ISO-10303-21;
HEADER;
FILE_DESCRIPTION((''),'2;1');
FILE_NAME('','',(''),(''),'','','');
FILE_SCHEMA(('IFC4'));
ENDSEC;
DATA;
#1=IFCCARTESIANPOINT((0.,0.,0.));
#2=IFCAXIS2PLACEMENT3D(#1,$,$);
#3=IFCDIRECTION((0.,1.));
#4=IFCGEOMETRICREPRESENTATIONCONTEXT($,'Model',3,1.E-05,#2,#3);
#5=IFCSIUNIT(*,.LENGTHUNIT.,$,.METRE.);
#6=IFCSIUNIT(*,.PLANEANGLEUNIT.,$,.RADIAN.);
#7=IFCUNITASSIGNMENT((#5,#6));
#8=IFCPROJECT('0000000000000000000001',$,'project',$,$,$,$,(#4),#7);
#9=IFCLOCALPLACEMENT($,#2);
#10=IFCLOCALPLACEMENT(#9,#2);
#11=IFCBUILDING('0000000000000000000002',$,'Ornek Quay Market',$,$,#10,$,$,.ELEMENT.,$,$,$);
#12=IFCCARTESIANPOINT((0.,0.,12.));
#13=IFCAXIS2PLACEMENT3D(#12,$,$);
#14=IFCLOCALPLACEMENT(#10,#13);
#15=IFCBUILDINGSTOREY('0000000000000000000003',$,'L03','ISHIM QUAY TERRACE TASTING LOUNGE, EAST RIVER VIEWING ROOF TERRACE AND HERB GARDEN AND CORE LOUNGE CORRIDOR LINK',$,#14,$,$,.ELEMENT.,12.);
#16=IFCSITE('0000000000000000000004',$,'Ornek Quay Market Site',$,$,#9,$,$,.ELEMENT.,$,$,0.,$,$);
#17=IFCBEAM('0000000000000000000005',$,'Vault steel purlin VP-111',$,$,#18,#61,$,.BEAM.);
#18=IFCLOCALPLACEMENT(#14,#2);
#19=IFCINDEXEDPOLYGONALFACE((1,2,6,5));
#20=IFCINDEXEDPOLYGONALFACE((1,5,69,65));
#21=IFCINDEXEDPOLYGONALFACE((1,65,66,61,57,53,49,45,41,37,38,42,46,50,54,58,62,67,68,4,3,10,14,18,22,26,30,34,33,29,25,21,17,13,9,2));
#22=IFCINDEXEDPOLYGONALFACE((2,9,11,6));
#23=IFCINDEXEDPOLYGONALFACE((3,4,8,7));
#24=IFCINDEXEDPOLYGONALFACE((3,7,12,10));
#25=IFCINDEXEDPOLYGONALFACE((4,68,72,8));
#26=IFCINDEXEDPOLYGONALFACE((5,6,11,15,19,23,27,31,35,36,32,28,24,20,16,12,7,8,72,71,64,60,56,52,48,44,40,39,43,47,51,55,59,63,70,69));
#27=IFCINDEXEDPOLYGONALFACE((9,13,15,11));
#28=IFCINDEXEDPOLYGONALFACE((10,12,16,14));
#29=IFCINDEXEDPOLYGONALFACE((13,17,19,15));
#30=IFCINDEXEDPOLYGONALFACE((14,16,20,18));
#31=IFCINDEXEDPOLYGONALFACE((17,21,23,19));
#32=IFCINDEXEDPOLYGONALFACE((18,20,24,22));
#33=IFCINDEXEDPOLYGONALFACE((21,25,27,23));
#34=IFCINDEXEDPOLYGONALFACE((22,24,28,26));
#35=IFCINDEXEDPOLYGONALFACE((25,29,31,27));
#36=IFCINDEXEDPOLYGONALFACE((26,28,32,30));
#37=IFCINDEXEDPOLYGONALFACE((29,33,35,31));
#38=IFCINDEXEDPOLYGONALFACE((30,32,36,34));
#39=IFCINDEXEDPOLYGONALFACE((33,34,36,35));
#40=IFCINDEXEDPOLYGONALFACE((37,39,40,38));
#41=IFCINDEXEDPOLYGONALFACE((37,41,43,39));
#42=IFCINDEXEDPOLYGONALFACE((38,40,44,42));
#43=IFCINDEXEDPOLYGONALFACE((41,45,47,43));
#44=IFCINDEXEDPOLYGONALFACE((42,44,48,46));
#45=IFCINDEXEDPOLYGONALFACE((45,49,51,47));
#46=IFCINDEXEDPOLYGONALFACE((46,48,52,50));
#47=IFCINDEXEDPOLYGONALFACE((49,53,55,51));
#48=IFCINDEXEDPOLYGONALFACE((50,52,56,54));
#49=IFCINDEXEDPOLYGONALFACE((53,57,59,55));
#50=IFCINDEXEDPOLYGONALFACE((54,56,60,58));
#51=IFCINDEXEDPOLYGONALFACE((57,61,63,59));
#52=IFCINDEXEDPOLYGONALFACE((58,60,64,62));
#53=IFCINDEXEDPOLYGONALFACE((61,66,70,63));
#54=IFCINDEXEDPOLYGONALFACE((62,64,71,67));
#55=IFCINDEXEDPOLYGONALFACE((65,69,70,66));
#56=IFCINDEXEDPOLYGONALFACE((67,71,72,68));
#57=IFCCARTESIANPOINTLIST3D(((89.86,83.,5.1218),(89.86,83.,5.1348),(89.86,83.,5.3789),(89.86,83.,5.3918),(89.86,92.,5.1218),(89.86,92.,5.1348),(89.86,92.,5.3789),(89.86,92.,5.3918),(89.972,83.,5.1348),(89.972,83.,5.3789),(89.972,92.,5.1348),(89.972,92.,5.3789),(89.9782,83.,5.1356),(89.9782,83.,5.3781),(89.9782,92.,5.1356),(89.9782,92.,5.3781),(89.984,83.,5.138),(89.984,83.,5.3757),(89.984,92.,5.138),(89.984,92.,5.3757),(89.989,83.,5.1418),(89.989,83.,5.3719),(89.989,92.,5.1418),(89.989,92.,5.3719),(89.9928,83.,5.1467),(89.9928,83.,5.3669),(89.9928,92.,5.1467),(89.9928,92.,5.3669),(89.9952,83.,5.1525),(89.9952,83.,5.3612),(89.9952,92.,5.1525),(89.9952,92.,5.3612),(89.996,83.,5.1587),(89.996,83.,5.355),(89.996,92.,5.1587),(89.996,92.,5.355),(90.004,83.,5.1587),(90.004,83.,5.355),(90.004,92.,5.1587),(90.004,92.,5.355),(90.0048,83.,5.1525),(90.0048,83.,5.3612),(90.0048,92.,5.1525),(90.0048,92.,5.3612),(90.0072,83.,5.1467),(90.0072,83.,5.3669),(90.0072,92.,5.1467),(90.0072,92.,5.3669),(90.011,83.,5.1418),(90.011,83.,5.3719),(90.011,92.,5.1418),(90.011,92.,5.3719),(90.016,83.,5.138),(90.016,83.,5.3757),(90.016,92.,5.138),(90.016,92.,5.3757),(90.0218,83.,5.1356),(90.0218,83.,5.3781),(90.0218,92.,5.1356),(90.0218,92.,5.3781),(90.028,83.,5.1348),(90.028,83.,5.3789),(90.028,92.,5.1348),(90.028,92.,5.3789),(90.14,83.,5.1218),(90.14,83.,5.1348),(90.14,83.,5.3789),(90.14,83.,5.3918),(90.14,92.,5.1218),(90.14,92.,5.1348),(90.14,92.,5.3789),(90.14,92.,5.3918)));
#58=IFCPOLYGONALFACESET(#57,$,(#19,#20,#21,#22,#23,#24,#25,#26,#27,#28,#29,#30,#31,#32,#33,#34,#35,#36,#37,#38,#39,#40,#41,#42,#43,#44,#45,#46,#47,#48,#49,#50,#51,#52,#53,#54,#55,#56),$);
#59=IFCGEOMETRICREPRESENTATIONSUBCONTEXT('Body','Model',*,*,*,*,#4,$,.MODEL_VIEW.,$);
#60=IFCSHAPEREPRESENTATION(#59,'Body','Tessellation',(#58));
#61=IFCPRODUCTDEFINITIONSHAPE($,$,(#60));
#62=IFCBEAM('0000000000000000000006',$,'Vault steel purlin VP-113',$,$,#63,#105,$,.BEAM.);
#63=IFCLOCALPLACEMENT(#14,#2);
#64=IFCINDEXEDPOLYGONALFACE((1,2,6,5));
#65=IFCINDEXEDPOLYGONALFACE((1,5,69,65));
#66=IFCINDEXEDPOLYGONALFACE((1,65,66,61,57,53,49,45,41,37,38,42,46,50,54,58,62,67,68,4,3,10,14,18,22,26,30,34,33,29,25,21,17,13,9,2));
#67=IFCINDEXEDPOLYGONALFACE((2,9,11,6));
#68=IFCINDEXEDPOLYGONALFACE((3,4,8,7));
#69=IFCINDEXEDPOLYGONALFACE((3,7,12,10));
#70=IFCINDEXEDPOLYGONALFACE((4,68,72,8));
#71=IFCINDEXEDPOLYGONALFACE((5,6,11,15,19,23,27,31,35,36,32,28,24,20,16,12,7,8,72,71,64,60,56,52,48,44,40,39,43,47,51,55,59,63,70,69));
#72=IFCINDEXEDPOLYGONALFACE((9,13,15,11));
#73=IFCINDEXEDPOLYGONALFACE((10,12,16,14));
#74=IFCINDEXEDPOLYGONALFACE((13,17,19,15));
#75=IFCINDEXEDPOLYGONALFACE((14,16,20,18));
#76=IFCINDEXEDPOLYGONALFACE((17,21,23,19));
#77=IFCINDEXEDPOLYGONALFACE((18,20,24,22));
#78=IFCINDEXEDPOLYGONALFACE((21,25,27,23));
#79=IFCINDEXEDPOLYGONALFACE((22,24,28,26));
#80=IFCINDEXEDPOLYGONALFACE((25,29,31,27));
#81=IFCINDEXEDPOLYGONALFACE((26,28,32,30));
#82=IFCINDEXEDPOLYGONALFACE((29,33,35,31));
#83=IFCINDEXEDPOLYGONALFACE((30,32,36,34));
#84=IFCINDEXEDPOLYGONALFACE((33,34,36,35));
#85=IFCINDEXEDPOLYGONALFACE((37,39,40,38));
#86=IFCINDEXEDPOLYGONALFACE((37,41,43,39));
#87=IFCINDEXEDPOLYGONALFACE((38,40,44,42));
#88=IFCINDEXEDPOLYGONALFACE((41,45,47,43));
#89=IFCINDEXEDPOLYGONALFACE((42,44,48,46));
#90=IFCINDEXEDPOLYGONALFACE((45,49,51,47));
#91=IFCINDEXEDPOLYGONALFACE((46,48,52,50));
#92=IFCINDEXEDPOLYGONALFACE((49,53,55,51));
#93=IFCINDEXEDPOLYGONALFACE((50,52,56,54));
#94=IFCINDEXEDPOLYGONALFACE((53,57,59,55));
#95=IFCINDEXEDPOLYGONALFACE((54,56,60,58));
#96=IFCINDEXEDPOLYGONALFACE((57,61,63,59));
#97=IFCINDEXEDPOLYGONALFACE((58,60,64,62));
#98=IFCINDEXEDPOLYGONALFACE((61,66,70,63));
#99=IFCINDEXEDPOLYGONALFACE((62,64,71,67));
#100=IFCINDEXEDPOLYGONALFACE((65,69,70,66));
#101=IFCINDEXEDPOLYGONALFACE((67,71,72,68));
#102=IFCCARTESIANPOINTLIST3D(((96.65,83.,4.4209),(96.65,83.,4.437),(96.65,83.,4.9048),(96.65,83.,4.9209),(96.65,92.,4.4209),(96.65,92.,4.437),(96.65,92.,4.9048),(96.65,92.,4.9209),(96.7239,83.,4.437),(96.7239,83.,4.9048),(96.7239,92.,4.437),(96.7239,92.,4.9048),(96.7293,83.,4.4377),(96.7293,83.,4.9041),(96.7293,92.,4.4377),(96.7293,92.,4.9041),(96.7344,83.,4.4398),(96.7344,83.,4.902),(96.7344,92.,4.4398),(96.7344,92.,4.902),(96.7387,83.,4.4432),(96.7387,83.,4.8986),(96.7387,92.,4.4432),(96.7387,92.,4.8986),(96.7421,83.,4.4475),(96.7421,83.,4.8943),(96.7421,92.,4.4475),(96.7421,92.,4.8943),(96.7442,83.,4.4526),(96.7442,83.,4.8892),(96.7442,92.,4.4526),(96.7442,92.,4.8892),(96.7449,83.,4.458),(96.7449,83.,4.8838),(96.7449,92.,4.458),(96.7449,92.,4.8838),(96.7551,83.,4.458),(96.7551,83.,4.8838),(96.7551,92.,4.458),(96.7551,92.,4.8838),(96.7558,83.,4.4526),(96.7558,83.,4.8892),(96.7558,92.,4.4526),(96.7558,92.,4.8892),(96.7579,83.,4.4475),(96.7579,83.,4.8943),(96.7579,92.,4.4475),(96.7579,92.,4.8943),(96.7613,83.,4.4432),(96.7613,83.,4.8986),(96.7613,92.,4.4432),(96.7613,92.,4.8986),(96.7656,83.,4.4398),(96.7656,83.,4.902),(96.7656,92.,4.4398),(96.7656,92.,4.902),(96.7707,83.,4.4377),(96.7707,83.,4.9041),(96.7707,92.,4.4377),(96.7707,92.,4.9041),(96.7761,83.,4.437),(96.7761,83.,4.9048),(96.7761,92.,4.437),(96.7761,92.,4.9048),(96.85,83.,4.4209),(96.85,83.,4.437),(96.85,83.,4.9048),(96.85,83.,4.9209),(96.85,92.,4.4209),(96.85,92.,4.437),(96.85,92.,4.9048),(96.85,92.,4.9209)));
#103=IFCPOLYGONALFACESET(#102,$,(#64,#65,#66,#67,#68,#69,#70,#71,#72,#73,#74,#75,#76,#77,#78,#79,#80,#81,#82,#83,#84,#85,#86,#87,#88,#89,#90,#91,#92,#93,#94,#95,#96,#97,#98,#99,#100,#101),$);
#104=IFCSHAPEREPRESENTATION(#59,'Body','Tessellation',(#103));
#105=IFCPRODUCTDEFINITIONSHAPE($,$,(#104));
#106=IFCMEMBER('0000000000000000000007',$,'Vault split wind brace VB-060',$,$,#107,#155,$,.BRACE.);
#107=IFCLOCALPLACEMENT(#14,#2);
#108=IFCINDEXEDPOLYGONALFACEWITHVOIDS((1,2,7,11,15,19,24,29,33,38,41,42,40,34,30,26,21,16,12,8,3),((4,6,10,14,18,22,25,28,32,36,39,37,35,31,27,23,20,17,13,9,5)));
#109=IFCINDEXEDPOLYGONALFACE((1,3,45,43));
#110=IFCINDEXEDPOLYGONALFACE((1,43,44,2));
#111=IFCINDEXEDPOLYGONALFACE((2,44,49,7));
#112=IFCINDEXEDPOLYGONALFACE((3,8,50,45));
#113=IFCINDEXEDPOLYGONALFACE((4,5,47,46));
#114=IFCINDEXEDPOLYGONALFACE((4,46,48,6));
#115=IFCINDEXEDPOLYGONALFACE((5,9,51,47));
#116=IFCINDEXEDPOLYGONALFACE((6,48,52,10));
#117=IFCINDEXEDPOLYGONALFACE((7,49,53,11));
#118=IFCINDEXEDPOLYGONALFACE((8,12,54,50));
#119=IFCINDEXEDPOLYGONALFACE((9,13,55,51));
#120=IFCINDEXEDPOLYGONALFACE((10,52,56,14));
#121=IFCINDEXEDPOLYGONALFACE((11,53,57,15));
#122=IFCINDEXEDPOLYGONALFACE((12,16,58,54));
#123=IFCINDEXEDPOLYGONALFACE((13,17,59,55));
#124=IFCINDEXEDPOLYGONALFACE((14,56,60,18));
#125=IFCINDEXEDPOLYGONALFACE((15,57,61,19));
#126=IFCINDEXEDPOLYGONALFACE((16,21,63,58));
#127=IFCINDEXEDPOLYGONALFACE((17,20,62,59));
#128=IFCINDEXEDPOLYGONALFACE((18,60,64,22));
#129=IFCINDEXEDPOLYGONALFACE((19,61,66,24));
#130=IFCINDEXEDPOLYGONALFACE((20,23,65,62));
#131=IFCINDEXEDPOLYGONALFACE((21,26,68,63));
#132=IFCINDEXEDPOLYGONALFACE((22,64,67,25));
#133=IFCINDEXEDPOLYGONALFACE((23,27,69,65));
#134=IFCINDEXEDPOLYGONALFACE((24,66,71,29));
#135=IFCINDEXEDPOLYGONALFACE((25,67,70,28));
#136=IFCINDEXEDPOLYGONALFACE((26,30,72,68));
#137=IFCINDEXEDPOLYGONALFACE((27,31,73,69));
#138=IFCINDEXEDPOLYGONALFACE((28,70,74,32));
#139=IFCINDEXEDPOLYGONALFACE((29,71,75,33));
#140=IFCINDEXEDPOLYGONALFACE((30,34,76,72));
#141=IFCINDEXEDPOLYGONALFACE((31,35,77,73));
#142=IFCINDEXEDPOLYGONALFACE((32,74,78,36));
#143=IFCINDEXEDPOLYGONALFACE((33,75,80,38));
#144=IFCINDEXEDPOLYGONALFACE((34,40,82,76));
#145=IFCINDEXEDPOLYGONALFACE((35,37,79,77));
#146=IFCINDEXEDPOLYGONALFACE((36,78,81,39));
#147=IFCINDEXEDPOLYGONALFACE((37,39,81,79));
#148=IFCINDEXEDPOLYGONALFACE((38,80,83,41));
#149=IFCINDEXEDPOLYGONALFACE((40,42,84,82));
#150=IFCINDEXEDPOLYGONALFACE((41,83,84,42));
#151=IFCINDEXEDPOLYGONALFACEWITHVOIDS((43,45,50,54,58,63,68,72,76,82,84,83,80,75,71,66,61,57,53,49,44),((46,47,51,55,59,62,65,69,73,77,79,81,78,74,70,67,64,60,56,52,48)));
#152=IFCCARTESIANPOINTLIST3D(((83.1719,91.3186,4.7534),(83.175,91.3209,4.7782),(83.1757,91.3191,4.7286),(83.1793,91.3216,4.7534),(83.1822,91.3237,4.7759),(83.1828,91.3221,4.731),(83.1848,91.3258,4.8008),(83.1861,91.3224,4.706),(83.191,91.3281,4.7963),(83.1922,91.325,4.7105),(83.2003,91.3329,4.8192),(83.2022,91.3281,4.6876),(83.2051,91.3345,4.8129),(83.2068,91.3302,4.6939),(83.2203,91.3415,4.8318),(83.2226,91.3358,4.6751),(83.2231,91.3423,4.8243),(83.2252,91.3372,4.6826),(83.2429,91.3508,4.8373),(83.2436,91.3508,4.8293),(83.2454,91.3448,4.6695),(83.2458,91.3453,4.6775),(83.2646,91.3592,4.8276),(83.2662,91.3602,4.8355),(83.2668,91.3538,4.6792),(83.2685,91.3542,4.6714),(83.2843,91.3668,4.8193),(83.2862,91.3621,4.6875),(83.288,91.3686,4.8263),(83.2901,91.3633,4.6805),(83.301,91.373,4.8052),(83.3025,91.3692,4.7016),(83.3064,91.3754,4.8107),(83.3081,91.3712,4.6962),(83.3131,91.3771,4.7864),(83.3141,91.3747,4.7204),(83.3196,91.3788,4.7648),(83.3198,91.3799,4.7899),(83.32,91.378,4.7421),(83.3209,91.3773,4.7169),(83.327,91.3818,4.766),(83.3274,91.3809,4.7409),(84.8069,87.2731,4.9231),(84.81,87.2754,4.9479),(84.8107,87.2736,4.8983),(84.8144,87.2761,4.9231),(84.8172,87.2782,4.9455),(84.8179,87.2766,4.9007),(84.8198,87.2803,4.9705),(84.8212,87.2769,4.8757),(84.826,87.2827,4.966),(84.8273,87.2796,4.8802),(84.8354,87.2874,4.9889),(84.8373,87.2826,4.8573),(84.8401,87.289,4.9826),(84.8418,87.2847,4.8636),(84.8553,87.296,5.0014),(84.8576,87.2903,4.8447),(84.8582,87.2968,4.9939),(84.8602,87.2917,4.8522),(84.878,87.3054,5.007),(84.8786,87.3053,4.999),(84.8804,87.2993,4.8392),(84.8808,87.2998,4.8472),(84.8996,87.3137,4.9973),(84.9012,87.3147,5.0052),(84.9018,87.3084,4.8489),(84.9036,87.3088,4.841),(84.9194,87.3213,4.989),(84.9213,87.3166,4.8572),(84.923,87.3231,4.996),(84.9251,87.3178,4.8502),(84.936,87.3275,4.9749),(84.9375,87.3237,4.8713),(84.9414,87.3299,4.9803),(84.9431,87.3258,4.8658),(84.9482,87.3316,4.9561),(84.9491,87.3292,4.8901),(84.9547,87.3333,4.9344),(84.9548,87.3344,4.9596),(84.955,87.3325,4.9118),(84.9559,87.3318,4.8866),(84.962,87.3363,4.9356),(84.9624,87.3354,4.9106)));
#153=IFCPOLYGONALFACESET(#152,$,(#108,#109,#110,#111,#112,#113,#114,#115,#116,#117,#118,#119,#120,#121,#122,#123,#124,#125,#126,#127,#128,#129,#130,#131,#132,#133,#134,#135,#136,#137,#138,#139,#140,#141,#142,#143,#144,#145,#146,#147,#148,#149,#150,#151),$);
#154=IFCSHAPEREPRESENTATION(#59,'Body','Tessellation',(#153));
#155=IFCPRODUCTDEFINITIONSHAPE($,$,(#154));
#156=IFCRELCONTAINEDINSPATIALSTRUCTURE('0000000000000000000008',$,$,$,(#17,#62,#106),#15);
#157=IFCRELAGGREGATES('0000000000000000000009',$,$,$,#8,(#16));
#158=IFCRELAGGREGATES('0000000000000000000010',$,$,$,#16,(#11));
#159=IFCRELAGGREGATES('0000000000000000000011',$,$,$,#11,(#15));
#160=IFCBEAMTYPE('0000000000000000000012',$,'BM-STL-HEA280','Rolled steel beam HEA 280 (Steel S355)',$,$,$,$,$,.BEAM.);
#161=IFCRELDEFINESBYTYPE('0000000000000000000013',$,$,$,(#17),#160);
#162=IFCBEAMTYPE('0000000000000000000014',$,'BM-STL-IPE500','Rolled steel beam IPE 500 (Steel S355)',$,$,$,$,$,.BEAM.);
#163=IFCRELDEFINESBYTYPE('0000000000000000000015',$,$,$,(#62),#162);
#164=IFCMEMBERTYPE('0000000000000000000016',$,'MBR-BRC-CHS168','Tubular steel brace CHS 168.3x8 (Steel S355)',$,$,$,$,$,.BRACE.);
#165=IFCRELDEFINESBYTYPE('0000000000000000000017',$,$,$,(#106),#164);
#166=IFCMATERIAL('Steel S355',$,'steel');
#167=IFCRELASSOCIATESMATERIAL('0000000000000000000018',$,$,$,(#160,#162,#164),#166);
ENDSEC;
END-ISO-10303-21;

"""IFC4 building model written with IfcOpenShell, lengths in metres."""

from ifc_helpers import new_model, si_unit, direction, frame, origin, origin_2d, place, context, subcontext, project, spatial, hollow_circle, i_section, extrude, material, material_profile, profile_set, type_object, element, save


model = new_model("IFC4")

# Units and contexts
model_context = context("Model", 3, precision=1e-05, world=origin(), true_north=direction((0.0, 1.0)))
body_context = subcontext(model_context, "Body", "Model", "MODEL_VIEW")
ifc_project = project(units=[si_unit("LENGTHUNIT", "METRE"), si_unit("PLANEANGLEUNIT", "RADIAN")], contexts=[model_context])

# Site, building, storey
site_placement = place(None, origin())
site = spatial("IfcSite", under=ifc_project, at=site_placement, Name="Ornek Quay Market Site", CompositionType="ELEMENT", RefElevation=0.0)
building_placement = place(site_placement, origin())
building = spatial("IfcBuilding", under=site, at=building_placement, Name="Ornek Quay Market", CompositionType="ELEMENT")
storey_placement = place(building_placement, frame((0.0, 0.0, 12.0)))
storey = spatial("IfcBuildingStorey", under=building, at=storey_placement, Name="L03", Description="ISHIM QUAY TERRACE TASTING LOUNGE, EAST RIVER VIEWING ROOF TERRACE AND HERB GARDEN AND CORE LOUNGE CORRIDOR LINK", CompositionType="ELEMENT", Elevation=12.0)

# Beams
ifc_material_1 = material(Name="Steel S355", Category="steel")
ifc_material_profile_1 = material_profile(ifc_material_1, i_section(OverallWidth=0.28, OverallDepth=0.27, WebThickness=0.0081, FlangeThickness=0.0129, FilletRadius=0.0239, at=origin_2d()), Name="HEA 280", Category="steel")
ifc_profile_set_1 = profile_set([ifc_material_profile_1], Name="Steel S355")
beam_type_1 = type_object("IfcBeamType", Name="BM-STL-HEA280", Description="Rolled steel beam HEA 280 (Steel S355)", PredefinedType="BEAM", material=ifc_profile_set_1)
beam_1_placement = place(storey_placement, frame((90.0, 83.0, 5.2568), z_axis=(0.0, 1.0, 0.0), x_axis=(-1.0, 0.0, 0.0)))
element("IfcBeam", 1, at=beam_1_placement, inside=storey, type_object=beam_type_1, Name="Vault steel purlin VP-111", PredefinedType="BEAM", context=body_context, shape_type="SweptSolid", body=[
    extrude(i_section(OverallWidth=0.28, OverallDepth=0.27, WebThickness=0.0081, FlangeThickness=0.0129, FilletRadius=0.0239, at=origin_2d()), origin(), (0.0, 0.0, 1.0), 9.0),
])
ifc_material_profile_2 = material_profile(ifc_material_1, i_section(OverallWidth=0.2, OverallDepth=0.5, WebThickness=0.0103, FlangeThickness=0.0161, FilletRadius=0.021, at=origin_2d()), Name="IPE 500", Category="steel")
ifc_profile_set_2 = profile_set([ifc_material_profile_2], Name="Steel S355")
beam_type_2 = type_object("IfcBeamType", Name="BM-STL-IPE500", Description="Rolled steel beam IPE 500 (Steel S355)", PredefinedType="BEAM", material=ifc_profile_set_2)
beam_2_placement = place(storey_placement, frame((96.75, 83.0, 4.6709), z_axis=(0.0, 1.0, 0.0), x_axis=(-1.0, 0.0, 0.0)))
element("IfcBeam", 2, at=beam_2_placement, inside=storey, type_object=beam_type_2, Name="Vault steel purlin VP-113", PredefinedType="BEAM", context=body_context, shape_type="SweptSolid", body=[
    extrude(i_section(OverallWidth=0.2, OverallDepth=0.5, WebThickness=0.0103, FlangeThickness=0.0161, FilletRadius=0.021, at=origin_2d()), origin(), (0.0, 0.0, 1.0), 9.0),
])

# Member
ifc_material_profile_3 = material_profile(ifc_material_1, hollow_circle(Radius=0.0842, WallThickness=0.0081, at=origin_2d()), Name="CHS 168.3x8", Category="steel")
ifc_profile_set_3 = profile_set([ifc_material_profile_3], Name="Steel S355")
member_type_1 = type_object("IfcMemberType", Name="MBR-BRC-CHS168", Description="Tubular steel brace CHS 168.3x8 (Steel S355)", PredefinedType="BRACE", material=ifc_profile_set_3)
member_1_placement = place(storey_placement, frame((84.885, 87.3047, 4.9231), z_axis=(-0.374434, 0.926439, -0.038858), x_axis=(-0.927139, -0.374717, 0.0)))
element("IfcMember", 3, at=member_1_placement, inside=storey, type_object=member_type_1, Name="Vault split wind brace VB-060", PredefinedType="BRACE", context=body_context, shape_type="SweptSolid", body=[
    extrude(hollow_circle(Radius=0.0842, WallThickness=0.0081, at=origin_2d()), origin(), (0.0, 0.0, 1.0), 4.3667),
])

save(model, "model.ifc")
